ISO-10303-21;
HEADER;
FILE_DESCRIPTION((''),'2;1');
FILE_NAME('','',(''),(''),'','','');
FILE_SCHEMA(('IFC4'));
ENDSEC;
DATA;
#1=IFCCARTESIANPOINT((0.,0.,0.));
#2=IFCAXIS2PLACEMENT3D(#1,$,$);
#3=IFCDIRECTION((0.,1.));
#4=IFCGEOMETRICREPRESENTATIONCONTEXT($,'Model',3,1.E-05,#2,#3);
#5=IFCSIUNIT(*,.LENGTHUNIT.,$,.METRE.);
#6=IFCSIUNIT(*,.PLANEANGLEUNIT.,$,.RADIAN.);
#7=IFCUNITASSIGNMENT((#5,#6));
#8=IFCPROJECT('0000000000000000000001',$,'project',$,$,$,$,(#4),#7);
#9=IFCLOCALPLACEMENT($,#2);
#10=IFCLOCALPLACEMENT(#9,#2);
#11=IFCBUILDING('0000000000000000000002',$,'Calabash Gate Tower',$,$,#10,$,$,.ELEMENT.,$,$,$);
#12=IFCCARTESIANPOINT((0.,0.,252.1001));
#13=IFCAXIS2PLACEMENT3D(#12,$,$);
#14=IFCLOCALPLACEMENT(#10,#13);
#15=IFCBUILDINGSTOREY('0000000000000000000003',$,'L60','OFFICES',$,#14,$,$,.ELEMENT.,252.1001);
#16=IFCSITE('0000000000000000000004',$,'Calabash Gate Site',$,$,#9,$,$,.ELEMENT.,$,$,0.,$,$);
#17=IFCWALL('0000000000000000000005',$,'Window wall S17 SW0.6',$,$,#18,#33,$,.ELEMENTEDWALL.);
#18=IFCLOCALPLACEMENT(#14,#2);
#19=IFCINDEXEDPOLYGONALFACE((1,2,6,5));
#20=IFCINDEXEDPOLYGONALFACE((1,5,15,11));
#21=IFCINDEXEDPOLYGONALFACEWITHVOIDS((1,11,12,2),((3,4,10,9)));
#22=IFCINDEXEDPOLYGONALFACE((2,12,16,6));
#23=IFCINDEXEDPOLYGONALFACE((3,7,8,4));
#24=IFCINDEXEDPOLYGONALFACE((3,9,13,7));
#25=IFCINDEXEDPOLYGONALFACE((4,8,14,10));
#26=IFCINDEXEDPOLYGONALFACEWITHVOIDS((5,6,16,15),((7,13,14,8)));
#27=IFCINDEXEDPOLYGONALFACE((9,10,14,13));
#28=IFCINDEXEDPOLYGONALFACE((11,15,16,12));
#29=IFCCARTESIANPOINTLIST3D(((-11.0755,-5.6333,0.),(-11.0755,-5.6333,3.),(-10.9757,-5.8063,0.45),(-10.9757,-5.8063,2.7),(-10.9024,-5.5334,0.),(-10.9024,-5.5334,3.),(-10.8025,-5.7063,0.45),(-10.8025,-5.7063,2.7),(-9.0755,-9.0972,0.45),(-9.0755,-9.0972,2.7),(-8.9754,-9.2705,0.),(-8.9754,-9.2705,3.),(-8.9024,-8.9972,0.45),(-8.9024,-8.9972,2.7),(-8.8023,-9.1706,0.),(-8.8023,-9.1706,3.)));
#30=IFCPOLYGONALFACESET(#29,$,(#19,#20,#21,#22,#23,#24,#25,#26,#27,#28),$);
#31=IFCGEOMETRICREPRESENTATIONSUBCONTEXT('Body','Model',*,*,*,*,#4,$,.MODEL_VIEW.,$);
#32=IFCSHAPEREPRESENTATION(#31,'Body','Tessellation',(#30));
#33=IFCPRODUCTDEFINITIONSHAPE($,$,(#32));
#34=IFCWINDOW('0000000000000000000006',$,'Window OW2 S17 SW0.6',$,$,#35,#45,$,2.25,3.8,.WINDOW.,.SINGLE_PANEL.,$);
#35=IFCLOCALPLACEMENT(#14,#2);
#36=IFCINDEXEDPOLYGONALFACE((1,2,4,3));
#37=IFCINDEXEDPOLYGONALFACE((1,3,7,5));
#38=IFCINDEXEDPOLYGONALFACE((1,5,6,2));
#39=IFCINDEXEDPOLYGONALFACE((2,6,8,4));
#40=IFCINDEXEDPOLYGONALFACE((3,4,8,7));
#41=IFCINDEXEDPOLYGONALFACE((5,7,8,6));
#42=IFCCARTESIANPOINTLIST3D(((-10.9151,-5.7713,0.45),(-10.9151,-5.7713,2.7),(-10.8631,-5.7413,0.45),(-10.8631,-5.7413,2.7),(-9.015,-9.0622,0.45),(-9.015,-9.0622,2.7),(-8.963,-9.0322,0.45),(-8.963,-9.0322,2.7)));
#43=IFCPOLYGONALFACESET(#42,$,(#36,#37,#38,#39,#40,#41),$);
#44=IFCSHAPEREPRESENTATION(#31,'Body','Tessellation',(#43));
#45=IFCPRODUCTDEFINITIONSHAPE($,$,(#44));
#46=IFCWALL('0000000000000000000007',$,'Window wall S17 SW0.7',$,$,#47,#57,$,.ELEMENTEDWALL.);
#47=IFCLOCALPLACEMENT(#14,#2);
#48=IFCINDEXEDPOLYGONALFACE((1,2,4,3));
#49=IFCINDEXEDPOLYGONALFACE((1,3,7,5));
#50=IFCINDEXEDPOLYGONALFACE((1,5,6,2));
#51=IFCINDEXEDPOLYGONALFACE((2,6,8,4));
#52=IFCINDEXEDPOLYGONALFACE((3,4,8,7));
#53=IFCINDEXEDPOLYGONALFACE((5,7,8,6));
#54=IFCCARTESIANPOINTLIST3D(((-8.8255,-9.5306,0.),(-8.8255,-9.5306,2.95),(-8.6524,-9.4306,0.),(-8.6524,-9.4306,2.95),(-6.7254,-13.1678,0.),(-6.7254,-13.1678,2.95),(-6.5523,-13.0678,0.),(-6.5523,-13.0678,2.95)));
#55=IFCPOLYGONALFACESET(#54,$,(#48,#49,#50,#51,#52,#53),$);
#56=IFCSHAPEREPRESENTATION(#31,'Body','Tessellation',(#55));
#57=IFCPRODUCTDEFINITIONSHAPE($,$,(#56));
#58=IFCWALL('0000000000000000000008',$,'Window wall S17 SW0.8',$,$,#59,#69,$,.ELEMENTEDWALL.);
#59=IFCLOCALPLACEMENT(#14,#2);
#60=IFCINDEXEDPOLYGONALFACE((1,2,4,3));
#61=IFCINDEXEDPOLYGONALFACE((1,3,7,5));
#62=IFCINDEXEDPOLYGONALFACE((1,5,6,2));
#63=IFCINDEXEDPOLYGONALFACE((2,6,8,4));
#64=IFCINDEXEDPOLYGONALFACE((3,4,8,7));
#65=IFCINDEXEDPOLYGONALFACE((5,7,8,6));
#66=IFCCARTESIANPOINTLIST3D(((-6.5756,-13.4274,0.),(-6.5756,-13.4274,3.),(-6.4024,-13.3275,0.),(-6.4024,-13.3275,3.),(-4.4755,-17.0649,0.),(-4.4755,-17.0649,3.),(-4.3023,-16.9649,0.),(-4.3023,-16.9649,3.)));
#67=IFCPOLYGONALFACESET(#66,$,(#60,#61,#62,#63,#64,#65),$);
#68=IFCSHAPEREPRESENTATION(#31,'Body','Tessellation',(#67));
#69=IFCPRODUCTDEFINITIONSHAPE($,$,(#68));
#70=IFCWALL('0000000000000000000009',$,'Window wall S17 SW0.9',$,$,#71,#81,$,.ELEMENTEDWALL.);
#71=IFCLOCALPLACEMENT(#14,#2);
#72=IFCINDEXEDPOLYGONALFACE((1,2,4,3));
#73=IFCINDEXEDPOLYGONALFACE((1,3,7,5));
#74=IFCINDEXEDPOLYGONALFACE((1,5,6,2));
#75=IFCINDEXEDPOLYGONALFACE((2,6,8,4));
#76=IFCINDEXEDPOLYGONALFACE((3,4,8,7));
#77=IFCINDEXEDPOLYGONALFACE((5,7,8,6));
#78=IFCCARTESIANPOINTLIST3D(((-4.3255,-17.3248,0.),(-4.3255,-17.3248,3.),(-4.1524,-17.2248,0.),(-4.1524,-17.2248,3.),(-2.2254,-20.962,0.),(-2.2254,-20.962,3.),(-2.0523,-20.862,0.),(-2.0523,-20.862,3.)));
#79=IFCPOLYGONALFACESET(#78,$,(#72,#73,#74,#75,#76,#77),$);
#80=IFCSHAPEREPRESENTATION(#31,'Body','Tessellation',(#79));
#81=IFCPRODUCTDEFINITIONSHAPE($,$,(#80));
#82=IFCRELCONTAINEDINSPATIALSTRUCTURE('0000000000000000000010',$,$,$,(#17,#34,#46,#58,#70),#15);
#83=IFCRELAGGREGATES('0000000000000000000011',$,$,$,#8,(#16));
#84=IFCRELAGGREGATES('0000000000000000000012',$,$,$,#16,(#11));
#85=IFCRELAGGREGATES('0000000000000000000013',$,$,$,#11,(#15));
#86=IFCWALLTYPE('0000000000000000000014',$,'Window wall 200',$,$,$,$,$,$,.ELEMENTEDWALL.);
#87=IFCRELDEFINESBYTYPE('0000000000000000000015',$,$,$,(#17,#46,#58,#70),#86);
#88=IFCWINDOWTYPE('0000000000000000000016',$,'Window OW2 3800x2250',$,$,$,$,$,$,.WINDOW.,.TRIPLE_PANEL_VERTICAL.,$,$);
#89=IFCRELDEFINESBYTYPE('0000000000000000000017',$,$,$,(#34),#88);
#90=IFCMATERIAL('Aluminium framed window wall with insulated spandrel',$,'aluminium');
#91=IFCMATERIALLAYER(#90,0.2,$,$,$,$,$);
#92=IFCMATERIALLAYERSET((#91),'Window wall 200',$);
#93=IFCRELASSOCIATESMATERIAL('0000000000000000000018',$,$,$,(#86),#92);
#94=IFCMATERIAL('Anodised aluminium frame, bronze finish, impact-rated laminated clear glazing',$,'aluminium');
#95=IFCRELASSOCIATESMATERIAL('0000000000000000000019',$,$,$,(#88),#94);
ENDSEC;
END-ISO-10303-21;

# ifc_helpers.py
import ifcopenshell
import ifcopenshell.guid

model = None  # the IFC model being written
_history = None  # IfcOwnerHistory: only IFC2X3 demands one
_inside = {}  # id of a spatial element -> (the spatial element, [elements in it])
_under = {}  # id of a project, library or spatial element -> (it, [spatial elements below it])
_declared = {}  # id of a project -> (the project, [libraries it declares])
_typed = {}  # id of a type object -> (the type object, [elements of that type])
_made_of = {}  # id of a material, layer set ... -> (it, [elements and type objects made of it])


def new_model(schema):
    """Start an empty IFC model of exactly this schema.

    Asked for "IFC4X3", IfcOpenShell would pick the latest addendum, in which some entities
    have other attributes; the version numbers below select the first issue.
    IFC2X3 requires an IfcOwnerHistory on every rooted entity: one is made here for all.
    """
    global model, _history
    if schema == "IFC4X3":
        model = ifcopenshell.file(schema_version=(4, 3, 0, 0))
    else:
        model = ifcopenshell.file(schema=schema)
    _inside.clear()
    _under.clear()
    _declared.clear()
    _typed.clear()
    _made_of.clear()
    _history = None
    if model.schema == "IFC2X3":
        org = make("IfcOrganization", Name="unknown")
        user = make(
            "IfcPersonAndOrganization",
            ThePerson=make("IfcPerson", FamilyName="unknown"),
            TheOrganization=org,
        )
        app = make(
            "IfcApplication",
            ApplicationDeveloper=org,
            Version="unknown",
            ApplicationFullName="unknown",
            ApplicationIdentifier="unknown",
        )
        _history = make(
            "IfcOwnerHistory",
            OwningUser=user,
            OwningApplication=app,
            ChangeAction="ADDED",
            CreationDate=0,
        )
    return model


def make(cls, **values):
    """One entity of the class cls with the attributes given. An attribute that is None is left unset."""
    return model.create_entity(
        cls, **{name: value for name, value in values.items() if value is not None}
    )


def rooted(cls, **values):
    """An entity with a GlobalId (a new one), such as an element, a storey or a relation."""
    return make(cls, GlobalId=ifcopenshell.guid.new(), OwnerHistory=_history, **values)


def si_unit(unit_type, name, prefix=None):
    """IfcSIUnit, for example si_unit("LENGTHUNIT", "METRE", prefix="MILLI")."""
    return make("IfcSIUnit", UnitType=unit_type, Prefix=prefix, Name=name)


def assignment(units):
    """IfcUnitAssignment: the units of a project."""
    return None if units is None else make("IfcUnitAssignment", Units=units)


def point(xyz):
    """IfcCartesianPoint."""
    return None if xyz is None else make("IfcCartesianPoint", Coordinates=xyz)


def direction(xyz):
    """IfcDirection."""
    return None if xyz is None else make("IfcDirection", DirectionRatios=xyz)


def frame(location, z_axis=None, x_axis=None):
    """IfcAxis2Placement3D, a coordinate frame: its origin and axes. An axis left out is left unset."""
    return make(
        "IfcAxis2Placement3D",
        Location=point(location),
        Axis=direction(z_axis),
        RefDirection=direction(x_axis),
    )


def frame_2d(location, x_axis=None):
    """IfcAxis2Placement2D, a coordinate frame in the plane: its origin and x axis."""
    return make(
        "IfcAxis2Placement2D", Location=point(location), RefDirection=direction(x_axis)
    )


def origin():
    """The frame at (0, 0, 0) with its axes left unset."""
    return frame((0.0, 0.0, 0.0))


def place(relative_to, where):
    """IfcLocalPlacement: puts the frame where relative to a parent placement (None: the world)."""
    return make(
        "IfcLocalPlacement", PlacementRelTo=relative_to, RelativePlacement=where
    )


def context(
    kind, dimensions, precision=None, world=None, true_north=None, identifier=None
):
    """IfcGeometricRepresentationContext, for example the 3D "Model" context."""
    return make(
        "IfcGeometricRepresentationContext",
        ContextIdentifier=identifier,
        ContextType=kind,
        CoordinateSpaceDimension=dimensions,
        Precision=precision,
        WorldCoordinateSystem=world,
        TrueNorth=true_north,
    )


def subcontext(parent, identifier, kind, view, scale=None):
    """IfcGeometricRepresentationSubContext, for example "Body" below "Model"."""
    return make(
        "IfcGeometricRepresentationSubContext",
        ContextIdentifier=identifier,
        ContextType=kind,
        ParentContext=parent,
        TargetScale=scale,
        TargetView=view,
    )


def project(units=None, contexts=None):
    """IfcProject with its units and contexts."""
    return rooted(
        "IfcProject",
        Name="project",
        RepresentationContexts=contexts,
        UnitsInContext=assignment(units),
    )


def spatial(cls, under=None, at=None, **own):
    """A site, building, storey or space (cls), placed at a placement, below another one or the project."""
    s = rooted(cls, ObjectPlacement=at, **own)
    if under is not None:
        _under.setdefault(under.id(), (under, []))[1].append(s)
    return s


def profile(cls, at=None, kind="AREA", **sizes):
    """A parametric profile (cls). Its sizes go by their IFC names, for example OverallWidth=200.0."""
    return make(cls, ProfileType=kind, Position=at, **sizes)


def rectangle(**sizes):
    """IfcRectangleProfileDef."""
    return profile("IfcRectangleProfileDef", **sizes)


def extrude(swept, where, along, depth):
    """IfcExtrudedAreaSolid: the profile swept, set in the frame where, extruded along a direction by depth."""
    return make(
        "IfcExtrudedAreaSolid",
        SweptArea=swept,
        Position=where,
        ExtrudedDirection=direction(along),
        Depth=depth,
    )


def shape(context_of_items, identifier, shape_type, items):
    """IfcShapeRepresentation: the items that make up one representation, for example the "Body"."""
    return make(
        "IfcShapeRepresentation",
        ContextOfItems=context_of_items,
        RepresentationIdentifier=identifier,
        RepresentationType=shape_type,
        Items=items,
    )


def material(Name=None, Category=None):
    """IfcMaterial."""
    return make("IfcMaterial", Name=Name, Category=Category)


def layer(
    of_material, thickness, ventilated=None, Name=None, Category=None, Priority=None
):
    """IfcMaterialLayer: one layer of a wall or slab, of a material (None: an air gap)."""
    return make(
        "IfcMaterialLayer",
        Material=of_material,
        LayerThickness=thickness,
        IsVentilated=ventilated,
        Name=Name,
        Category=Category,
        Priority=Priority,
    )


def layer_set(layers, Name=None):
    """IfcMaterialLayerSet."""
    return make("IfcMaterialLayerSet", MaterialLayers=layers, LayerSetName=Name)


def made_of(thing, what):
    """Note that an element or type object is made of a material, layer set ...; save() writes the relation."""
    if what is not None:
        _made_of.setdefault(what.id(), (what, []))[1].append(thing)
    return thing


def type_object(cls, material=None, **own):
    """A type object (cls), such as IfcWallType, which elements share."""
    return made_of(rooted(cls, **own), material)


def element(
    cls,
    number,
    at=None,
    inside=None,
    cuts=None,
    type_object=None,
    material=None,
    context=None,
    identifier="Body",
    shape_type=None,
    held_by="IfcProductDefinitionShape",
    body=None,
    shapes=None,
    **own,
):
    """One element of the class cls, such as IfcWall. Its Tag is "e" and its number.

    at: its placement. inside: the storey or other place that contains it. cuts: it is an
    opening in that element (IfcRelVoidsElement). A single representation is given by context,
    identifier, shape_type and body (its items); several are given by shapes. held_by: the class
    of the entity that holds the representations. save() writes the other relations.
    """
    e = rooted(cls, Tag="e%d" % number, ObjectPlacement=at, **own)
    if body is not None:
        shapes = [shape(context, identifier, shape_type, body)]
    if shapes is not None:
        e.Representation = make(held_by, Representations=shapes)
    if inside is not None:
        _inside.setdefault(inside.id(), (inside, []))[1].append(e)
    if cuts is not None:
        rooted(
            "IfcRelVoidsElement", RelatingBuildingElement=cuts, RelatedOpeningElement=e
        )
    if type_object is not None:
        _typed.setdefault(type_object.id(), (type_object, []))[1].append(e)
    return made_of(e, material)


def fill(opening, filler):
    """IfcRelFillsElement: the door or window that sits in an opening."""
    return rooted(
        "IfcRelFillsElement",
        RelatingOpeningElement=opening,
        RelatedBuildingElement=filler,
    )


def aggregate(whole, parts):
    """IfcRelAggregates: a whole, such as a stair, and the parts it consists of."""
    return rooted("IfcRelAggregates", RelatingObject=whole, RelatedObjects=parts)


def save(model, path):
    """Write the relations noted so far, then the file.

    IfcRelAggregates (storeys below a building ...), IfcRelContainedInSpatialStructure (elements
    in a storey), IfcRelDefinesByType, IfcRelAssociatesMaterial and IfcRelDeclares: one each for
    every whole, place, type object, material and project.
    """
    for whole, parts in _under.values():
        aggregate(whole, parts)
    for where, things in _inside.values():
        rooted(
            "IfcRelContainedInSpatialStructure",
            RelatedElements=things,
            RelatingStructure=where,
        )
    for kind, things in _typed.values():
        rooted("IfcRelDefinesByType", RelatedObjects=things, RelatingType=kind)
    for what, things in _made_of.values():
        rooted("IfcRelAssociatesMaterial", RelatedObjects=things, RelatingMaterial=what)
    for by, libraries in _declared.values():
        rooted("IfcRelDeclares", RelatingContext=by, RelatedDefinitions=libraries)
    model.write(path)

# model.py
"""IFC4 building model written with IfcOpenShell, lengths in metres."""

from ifc_helpers import new_model, si_unit, direction, frame, frame_2d, origin, place, context, subcontext, project, spatial, rectangle, extrude, material, layer, layer_set, type_object, element, fill, save


model = new_model("IFC4")

# Units and contexts
model_context = context("Model", 3, precision=1e-05, world=origin(), true_north=direction((0.0, 1.0)))
body_context = subcontext(model_context, "Body", "Model", "MODEL_VIEW")
ifc_project = project(units=[si_unit("LENGTHUNIT", "METRE"), si_unit("PLANEANGLEUNIT", "RADIAN")], contexts=[model_context])

# Site, building, storey
site_placement = place(None, origin())
site = spatial("IfcSite", under=ifc_project, at=site_placement, Name="Calabash Gate Site", CompositionType="ELEMENT", RefElevation=0.0)
building_placement = place(site_placement, origin())
building = spatial("IfcBuilding", under=site, at=building_placement, Name="Calabash Gate Tower", CompositionType="ELEMENT")
storey_placement = place(building_placement, frame((0.0, 0.0, 252.1001)))
storey = spatial("IfcBuildingStorey", under=building, at=storey_placement, Name="L60", Description="OFFICES", CompositionType="ELEMENT", Elevation=252.1001)

# Wall, opening, window
ifc_material_1 = material(Name="Aluminium framed window wall with insulated spandrel", Category="aluminium")
ifc_layer_1 = layer(ifc_material_1, 0.2)
ifc_layer_set_1 = layer_set([ifc_layer_1], Name="Window wall 200")
wall_type_1 = type_object("IfcWallType", Name="Window wall 200", PredefinedType="ELEMENTEDWALL", material=ifc_layer_set_1)
wall_1_placement = place(storey_placement, frame((-10.989, -5.5833, 0.0), z_axis=(0.0, 0.0, 1.0), x_axis=(0.500028, -0.866009, 0.0)))
wall_1 = element("IfcWall", 1, at=wall_1_placement, inside=storey, type_object=wall_type_1, Name="Window wall S17 SW0.6", PredefinedType="ELEMENTEDWALL", context=body_context, shape_type="SweptSolid", body=[
    extrude(rectangle(XDim=4.2, YDim=0.2, at=frame_2d((2.1001, 0.0))), origin(), (0.0, 0.0, 1.0), 3.0),
])
opening_placement = place(wall_1_placement, frame((0.2, 0.0, 0.45)))
opening = element("IfcOpeningElement", 2, at=opening_placement, cuts=wall_1, PredefinedType="OPENING", context=body_context, shape_type="SweptSolid", body=[
    extrude(rectangle(XDim=3.8, YDim=2.25, at=frame_2d((1.8999, 1.125))), frame((0.0, 0.1099, 0.0), z_axis=(0.0, -1.0, 0.0), x_axis=(1.0, 0.0, 0.0)), (0.0, 0.0, 1.0), 0.22),
])
ifc_material_2 = material(Name="Anodised aluminium frame, bronze finish, impact-rated laminated clear glazing", Category="aluminium")
window_type = type_object("IfcWindowType", Name="Window OW2 3800x2250", PartitioningType="TRIPLE_PANEL_VERTICAL", PredefinedType="WINDOW", material=ifc_material_2)
window_placement = place(opening_placement, origin())
window = element("IfcWindow", 3, at=window_placement, inside=storey, type_object=window_type, Name="Window OW2 S17 SW0.6", OverallHeight=2.25, OverallWidth=3.8, PartitioningType="SINGLE_PANEL", PredefinedType="WINDOW", context=body_context, shape_type="SweptSolid", body=[
    extrude(rectangle(XDim=3.8, YDim=2.25, at=frame_2d((1.8999, 1.125))), frame((0.0, 0.03, 0.0), z_axis=(0.0, -1.0, 0.0), x_axis=(1.0, 0.0, 0.0)), (0.0, 0.0, 1.0), 0.0601),
])
fill(opening, window)

# Walls
wall_2_placement = place(storey_placement, frame((-8.739, -9.4805, 0.0), z_axis=(0.0, 0.0, 1.0), x_axis=(0.500028, -0.866009, 0.0)))
element("IfcWall", 4, at=wall_2_placement, inside=storey, type_object=wall_type_1, Name="Window wall S17 SW0.7", PredefinedType="ELEMENTEDWALL", context=body_context, shape_type="SweptSolid", body=[
    extrude(rectangle(XDim=4.2, YDim=0.2, at=frame_2d((2.1001, 0.0))), origin(), (0.0, 0.0, 1.0), 2.95),
])
wall_3_placement = place(storey_placement, frame((-6.489, -13.3774, 0.0), z_axis=(0.0, 0.0, 1.0), x_axis=(0.500003, -0.866024, 0.0)))
element("IfcWall", 5, at=wall_3_placement, inside=storey, type_object=wall_type_1, Name="Window wall S17 SW0.8", PredefinedType="ELEMENTEDWALL", context=body_context, shape_type="SweptSolid", body=[
    extrude(rectangle(XDim=4.2002, YDim=0.2, at=frame_2d((2.1001, 0.0))), origin(), (0.0, 0.0, 1.0), 3.0),
])
wall_4_placement = place(storey_placement, frame((-4.239, -17.2747, 0.0), z_axis=(0.0, 0.0, 1.0), x_axis=(0.500028, -0.866009, 0.0)))
element("IfcWall", 6, at=wall_4_placement, inside=storey, type_object=wall_type_1, Name="Window wall S17 SW0.9", PredefinedType="ELEMENTEDWALL", context=body_context, shape_type="SweptSolid", body=[
    extrude(rectangle(XDim=4.2, YDim=0.2, at=frame_2d((2.1001, 0.0))), origin(), (0.0, 0.0, 1.0), 3.0),
])

save(model, "model.ifc")
